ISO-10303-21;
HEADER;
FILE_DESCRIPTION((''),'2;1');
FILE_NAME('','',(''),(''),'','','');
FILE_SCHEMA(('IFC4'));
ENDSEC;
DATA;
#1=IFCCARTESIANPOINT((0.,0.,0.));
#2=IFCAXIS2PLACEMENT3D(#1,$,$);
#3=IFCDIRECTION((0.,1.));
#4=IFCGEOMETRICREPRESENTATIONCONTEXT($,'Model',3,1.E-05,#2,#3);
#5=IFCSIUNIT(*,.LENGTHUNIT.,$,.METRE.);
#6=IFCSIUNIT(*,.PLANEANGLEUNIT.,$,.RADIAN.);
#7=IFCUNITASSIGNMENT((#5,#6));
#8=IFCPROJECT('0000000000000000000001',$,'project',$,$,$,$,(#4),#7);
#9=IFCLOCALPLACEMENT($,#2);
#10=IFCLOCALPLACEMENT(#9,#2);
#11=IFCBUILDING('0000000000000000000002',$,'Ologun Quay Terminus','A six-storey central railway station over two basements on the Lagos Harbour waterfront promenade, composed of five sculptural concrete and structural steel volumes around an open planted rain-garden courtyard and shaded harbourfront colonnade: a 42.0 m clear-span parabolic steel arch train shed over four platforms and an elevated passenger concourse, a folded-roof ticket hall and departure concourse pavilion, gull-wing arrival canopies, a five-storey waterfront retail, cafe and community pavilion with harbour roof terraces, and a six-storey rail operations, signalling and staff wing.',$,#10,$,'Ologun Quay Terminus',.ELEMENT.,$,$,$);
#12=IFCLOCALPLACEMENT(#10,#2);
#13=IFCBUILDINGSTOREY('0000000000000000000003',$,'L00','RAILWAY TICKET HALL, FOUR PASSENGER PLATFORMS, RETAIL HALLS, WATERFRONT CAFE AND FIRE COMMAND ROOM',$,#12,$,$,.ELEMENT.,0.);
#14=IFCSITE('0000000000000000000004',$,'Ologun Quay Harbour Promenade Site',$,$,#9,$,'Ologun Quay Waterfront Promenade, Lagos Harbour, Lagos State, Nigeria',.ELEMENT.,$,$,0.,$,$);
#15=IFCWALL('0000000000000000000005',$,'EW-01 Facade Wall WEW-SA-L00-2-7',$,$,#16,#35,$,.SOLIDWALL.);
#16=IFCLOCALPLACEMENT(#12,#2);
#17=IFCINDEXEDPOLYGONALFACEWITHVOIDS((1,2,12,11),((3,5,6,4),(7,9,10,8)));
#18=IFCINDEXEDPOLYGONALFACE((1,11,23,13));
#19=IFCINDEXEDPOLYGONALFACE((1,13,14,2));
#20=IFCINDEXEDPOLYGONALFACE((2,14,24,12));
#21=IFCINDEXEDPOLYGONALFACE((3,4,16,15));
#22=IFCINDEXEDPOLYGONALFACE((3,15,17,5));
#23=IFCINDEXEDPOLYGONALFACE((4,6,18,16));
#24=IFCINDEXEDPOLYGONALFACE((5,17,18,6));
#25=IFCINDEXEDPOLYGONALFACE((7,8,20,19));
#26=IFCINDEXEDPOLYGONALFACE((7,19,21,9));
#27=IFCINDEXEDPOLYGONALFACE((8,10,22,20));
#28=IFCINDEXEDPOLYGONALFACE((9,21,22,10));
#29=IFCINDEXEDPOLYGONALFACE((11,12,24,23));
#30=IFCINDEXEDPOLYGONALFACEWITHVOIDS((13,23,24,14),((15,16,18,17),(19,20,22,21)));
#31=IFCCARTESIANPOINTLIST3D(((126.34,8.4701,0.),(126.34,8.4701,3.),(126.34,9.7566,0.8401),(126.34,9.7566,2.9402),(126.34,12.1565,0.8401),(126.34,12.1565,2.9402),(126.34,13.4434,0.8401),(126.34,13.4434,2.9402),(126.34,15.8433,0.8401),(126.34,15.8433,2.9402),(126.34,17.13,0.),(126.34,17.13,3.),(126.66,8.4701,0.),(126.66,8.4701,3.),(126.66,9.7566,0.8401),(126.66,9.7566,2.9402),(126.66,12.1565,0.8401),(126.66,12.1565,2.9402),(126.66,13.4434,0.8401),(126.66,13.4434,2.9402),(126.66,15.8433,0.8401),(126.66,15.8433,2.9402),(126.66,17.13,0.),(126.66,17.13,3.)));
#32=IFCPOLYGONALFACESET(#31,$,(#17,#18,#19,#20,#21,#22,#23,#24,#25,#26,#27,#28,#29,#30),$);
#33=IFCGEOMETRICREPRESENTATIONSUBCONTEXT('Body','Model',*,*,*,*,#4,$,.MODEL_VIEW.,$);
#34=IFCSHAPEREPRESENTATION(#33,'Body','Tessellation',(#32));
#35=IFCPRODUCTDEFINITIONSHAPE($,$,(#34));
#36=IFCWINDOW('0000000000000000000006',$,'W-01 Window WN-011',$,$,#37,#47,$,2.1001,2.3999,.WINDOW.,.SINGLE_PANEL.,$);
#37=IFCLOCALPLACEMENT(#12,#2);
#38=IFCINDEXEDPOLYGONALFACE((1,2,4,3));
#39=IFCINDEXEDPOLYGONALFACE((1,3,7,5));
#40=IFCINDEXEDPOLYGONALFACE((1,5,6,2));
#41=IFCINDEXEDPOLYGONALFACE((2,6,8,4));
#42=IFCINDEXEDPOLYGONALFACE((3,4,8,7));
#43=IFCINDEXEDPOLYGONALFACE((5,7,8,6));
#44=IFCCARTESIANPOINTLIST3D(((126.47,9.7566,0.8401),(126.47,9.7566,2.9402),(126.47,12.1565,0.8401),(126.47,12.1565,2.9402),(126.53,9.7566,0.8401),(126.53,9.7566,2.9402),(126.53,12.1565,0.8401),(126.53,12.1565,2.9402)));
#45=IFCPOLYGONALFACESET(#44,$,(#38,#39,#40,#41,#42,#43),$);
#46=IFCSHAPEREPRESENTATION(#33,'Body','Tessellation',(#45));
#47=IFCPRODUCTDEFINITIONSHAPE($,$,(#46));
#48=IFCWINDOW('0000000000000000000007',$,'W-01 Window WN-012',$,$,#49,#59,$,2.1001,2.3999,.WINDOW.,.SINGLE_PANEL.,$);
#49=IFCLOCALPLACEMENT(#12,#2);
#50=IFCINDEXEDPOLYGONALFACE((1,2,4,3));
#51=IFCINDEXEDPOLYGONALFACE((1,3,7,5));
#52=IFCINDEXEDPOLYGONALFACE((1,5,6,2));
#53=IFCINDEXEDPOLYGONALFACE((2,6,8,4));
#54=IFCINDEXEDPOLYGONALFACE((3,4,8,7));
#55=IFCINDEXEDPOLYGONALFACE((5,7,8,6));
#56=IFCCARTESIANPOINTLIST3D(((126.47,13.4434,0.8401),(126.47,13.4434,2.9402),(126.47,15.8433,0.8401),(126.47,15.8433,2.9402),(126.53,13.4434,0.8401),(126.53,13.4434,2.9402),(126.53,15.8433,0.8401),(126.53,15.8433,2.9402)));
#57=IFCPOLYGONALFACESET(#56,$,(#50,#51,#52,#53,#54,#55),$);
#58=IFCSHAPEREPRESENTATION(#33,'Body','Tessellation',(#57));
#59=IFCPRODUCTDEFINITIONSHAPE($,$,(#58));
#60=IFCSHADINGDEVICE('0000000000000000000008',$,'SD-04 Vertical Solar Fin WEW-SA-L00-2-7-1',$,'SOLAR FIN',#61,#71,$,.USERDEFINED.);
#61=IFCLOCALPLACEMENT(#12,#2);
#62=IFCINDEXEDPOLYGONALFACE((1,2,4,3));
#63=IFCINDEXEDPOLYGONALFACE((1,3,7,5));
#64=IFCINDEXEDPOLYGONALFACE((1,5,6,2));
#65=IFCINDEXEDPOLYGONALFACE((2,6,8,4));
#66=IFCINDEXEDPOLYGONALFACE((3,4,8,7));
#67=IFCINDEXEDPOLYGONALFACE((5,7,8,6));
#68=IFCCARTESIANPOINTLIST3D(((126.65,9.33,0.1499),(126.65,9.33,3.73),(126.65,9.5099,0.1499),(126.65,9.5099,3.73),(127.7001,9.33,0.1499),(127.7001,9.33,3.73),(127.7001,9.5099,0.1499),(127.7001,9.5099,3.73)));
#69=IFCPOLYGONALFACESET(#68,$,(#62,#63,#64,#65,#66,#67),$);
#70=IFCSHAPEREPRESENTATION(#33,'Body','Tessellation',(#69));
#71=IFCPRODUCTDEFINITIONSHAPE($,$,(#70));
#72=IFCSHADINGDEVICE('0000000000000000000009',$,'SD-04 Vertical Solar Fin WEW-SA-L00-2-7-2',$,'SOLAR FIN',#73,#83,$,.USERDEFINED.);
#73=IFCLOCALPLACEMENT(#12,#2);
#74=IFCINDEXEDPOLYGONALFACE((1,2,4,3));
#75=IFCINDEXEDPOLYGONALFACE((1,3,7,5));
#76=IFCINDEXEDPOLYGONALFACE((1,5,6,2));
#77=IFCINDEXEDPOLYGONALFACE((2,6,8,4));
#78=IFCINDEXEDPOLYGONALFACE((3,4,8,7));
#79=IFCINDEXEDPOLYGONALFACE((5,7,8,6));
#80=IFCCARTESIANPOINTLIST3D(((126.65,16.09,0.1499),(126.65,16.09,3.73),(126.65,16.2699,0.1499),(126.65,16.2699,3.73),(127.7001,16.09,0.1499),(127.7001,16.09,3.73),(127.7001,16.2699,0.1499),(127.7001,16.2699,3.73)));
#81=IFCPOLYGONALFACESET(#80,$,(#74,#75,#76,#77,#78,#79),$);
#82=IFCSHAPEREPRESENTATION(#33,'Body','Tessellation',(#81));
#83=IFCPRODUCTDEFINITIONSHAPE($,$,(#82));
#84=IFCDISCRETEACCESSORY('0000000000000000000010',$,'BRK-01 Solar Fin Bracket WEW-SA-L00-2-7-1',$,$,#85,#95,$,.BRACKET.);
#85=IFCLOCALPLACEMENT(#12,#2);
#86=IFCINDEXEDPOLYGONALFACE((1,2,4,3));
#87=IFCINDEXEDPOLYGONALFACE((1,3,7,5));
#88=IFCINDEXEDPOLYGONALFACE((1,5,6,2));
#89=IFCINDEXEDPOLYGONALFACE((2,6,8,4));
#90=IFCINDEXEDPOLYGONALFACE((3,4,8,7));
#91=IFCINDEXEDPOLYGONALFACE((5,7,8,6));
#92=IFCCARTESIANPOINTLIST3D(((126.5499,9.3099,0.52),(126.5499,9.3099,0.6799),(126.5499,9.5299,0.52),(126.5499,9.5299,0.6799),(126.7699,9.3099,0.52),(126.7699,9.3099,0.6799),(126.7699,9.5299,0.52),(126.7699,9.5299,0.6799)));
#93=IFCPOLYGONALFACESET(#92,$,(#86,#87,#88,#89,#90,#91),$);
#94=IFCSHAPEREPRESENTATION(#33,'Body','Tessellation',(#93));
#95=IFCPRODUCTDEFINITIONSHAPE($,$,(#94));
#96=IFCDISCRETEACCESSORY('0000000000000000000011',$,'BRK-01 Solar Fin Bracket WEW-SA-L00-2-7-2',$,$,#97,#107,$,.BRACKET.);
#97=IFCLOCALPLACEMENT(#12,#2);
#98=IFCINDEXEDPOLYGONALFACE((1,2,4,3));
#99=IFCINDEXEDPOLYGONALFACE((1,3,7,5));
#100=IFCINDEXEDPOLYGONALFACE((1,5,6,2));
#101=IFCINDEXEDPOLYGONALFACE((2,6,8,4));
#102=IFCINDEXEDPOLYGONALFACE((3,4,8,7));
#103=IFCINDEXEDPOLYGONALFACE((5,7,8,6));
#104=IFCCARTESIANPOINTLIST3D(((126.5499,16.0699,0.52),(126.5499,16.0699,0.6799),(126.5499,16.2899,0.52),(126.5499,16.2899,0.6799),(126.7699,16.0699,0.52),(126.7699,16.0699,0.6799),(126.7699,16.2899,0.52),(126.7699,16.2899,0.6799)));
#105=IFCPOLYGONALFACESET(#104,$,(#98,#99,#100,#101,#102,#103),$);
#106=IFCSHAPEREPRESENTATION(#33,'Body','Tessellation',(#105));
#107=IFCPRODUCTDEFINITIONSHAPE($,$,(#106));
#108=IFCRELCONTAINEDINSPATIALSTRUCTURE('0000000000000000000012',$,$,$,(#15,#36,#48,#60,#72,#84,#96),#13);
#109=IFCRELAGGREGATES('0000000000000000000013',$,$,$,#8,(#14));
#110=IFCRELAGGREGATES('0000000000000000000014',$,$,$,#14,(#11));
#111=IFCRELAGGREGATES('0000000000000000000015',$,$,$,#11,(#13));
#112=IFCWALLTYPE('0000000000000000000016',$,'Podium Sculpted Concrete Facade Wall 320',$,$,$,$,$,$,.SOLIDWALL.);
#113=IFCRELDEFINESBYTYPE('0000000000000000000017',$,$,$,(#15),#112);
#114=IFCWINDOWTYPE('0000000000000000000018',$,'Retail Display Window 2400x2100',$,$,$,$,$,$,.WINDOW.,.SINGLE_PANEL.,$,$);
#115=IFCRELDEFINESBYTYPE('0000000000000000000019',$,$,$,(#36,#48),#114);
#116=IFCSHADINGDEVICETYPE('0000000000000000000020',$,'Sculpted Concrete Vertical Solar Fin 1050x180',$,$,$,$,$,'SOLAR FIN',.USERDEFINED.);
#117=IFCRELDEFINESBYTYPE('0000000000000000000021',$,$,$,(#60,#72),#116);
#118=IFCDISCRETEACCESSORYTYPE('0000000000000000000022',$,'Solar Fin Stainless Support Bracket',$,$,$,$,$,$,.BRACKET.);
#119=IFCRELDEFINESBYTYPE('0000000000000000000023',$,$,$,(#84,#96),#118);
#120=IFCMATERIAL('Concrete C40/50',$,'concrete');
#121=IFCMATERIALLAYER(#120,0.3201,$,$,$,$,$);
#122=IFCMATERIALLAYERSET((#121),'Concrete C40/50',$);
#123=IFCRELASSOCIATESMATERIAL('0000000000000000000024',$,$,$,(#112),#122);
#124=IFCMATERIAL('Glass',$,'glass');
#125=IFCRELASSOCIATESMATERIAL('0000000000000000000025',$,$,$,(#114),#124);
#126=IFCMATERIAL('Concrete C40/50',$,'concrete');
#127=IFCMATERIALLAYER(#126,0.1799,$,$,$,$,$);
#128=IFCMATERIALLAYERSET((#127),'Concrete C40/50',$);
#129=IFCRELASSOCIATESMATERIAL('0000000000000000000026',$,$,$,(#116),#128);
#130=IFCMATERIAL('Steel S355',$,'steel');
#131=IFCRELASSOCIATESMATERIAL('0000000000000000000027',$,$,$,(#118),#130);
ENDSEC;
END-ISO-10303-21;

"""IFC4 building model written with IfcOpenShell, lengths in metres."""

from ifc_helpers import new_model, si_unit, direction, frame, frame_2d, origin, origin_2d, place, context, subcontext, project, spatial, rectangle, extrude, material, layer, layer_set, type_object, element, fill, save


model = new_model("IFC4")

# Units and contexts
model_context = context("Model", 3, precision=1e-05, world=origin(), true_north=direction((0.0, 1.0)))
body_context = subcontext(model_context, "Body", "Model", "MODEL_VIEW")
ifc_project = project(units=[si_unit("LENGTHUNIT", "METRE"), si_unit("PLANEANGLEUNIT", "RADIAN")], contexts=[model_context])

# Site, building, storey
site_placement = place(None, origin())
site = spatial("IfcSite", under=ifc_project, at=site_placement, Name="Ologun Quay Harbour Promenade Site", LongName="Ologun Quay Waterfront Promenade, Lagos Harbour, Lagos State, Nigeria", CompositionType="ELEMENT", RefElevation=0.0)
building_placement = place(site_placement, origin())
building = spatial("IfcBuilding", under=site, at=building_placement, Name="Ologun Quay Terminus", Description="A six-storey central railway station over two basements on the Lagos Harbour waterfront promenade, composed of five sculptural concrete and structural steel volumes around an open planted rain-garden courtyard and shaded harbourfront colonnade: a 42.0 m clear-span parabolic steel arch train shed over four platforms and an elevated passenger concourse, a folded-roof ticket hall and departure concourse pavilion, gull-wing arrival canopies, a five-storey waterfront retail, cafe and community pavilion with harbour roof terraces, and a six-storey rail operations, signalling and staff wing.", LongName="Ologun Quay Terminus", CompositionType="ELEMENT")
storey_placement = place(building_placement, origin())
storey = spatial("IfcBuildingStorey", under=building, at=storey_placement, Name="L00", Description="RAILWAY TICKET HALL, FOUR PASSENGER PLATFORMS, RETAIL HALLS, WATERFRONT CAFE AND FIRE COMMAND ROOM", CompositionType="ELEMENT", Elevation=0.0)

# Wall, openings, windows
ifc_material_1 = material(Name="Concrete C40/50", Category="concrete")
ifc_layer_1 = layer(ifc_material_1, 0.3201)
ifc_layer_set_1 = layer_set([ifc_layer_1], Name="Concrete C40/50")
wall_type_1 = type_object("IfcWallType", Name="Podium Sculpted Concrete Facade Wall 320", PredefinedType="SOLIDWALL", material=ifc_layer_set_1)
wall_1_placement = place(storey_placement, frame((126.5, 8.47, 0.0), z_axis=(0.0, 0.0, 1.0), x_axis=(0.0, 1.0, 0.0)))
wall_1 = element("IfcWall", 1, at=wall_1_placement, inside=storey, type_object=wall_type_1, Name="EW-01 Facade Wall WEW-SA-L00-2-7", PredefinedType="SOLIDWALL", context=body_context, shape_type="SweptSolid", body=[
    extrude(rectangle(XDim=8.6599, YDim=0.3201, at=frame_2d((4.3301, 0.0))), origin(), (0.0, 0.0, 1.0), 3.0),
])
opening_1_placement = place(wall_1_placement, frame((1.2866, 0.0, 0.8401)))
opening_1 = element("IfcOpeningElement", 2, at=opening_1_placement, cuts=wall_1, PredefinedType="OPENING", context=body_context, shape_type="SweptSolid", body=[
    extrude(rectangle(XDim=2.3999, YDim=2.1001, at=frame_2d((1.2, 1.05))), frame((0.0, 0.1699, 0.0), z_axis=(0.0, -1.0, 0.0), x_axis=(1.0, 0.0, 0.0)), (0.0, 0.0, 1.0), 0.3401),
])
opening_2_placement = place(wall_1_placement, frame((4.9734, 0.0, 0.8401)))
opening_2 = element("IfcOpeningElement", 3, at=opening_2_placement, cuts=wall_1, PredefinedType="OPENING", context=body_context, shape_type="SweptSolid", body=[
    extrude(rectangle(XDim=2.3999, YDim=2.1001, at=frame_2d((1.2, 1.05))), frame((0.0, 0.1699, 0.0), z_axis=(0.0, -1.0, 0.0), x_axis=(1.0, 0.0, 0.0)), (0.0, 0.0, 1.0), 0.3401),
])
ifc_material_2 = material(Name="Glass", Category="glass")
window_type = type_object("IfcWindowType", Name="Retail Display Window 2400x2100", PartitioningType="SINGLE_PANEL", PredefinedType="WINDOW", material=ifc_material_2)
window_1_placement = place(opening_1_placement, origin())
window_1 = element("IfcWindow", 4, at=window_1_placement, inside=storey, type_object=window_type, Name="W-01 Window WN-011", OverallHeight=2.1001, OverallWidth=2.3999, PartitioningType="SINGLE_PANEL", PredefinedType="WINDOW", context=body_context, shape_type="SweptSolid", body=[
    extrude(rectangle(XDim=2.3999, YDim=2.1001, at=frame_2d((1.2, 1.05))), frame((0.0, 0.03, 0.0), z_axis=(0.0, -1.0, 0.0), x_axis=(1.0, 0.0, 0.0)), (0.0, 0.0, 1.0), 0.0601),
])
fill(opening_1, window_1)
window_2_placement = place(opening_2_placement, origin())
window_2 = element("IfcWindow", 5, at=window_2_placement, inside=storey, type_object=window_type, Name="W-01 Window WN-012", OverallHeight=2.1001, OverallWidth=2.3999, PartitioningType="SINGLE_PANEL", PredefinedType="WINDOW", context=body_context, shape_type="SweptSolid", body=[
    extrude(rectangle(XDim=2.3999, YDim=2.1001, at=frame_2d((1.2, 1.05))), frame((0.0, 0.03, 0.0), z_axis=(0.0, -1.0, 0.0), x_axis=(1.0, 0.0, 0.0)), (0.0, 0.0, 1.0), 0.0601),
])
fill(opening_2, window_2)

# Shading devices
ifc_material_3 = material(Name="Concrete C40/50", Category="concrete")
ifc_layer_2 = layer(ifc_material_3, 0.1799)
ifc_layer_set_2 = layer_set([ifc_layer_2], Name="Concrete C40/50")
shading_device_type = type_object("IfcShadingDeviceType", Name="Sculpted Concrete Vertical Solar Fin 1050x180", ElementType="SOLAR FIN", PredefinedType="USERDEFINED", material=ifc_layer_set_2)
for number, where, z_axis, x_axis, name in (
    (6, (127.175, 9.4199, 0.1499), (0.0, 0.0, 1.0), (1.0, 0.0, 0.0), "SD-04 Vertical Solar Fin WEW-SA-L00-2-7-1"),
    (7, (127.175, 16.1799, 0.1499), (0.0, 0.0, 1.0), (1.0, 0.0, 0.0), "SD-04 Vertical Solar Fin WEW-SA-L00-2-7-2"),
):
    element("IfcShadingDevice", number, at=place(storey_placement, frame(where, z_axis=z_axis, x_axis=x_axis)), inside=storey, type_object=shading_device_type, Name=name, ObjectType="SOLAR FIN", PredefinedType="USERDEFINED", context=body_context, shape_type="SweptSolid", body=[
        extrude(rectangle(XDim=1.05, YDim=0.1799, at=origin_2d()), origin(), (0.0, 0.0, 1.0), 3.5801),
    ])

# Discrete accessories
ifc_material_4 = material(Name="Steel S355", Category="steel")
discrete_accessory_type = type_object("IfcDiscreteAccessoryType", Name="Solar Fin Stainless Support Bracket", PredefinedType="BRACKET", material=ifc_material_4)
for number, where, z_axis, x_axis, name in (
    (8, (126.6599, 9.4199, 0.52), (0.0, 0.0, 1.0), (1.0, 0.0, 0.0), "BRK-01 Solar Fin Bracket WEW-SA-L00-2-7-1"),
    (9, (126.6599, 16.1799, 0.52), (0.0, 0.0, 1.0), (1.0, 0.0, 0.0), "BRK-01 Solar Fin Bracket WEW-SA-L00-2-7-2"),
):
    element("IfcDiscreteAccessory", number, at=place(storey_placement, frame(where, z_axis=z_axis, x_axis=x_axis)), inside=storey, type_object=discrete_accessory_type, Name=name, PredefinedType="BRACKET", context=body_context, shape_type="SweptSolid", body=[
        extrude(rectangle(XDim=0.22, YDim=0.22, at=origin_2d()), origin(), (0.0, 0.0, 1.0), 0.1599),
    ])

save(model, "model.ifc")
